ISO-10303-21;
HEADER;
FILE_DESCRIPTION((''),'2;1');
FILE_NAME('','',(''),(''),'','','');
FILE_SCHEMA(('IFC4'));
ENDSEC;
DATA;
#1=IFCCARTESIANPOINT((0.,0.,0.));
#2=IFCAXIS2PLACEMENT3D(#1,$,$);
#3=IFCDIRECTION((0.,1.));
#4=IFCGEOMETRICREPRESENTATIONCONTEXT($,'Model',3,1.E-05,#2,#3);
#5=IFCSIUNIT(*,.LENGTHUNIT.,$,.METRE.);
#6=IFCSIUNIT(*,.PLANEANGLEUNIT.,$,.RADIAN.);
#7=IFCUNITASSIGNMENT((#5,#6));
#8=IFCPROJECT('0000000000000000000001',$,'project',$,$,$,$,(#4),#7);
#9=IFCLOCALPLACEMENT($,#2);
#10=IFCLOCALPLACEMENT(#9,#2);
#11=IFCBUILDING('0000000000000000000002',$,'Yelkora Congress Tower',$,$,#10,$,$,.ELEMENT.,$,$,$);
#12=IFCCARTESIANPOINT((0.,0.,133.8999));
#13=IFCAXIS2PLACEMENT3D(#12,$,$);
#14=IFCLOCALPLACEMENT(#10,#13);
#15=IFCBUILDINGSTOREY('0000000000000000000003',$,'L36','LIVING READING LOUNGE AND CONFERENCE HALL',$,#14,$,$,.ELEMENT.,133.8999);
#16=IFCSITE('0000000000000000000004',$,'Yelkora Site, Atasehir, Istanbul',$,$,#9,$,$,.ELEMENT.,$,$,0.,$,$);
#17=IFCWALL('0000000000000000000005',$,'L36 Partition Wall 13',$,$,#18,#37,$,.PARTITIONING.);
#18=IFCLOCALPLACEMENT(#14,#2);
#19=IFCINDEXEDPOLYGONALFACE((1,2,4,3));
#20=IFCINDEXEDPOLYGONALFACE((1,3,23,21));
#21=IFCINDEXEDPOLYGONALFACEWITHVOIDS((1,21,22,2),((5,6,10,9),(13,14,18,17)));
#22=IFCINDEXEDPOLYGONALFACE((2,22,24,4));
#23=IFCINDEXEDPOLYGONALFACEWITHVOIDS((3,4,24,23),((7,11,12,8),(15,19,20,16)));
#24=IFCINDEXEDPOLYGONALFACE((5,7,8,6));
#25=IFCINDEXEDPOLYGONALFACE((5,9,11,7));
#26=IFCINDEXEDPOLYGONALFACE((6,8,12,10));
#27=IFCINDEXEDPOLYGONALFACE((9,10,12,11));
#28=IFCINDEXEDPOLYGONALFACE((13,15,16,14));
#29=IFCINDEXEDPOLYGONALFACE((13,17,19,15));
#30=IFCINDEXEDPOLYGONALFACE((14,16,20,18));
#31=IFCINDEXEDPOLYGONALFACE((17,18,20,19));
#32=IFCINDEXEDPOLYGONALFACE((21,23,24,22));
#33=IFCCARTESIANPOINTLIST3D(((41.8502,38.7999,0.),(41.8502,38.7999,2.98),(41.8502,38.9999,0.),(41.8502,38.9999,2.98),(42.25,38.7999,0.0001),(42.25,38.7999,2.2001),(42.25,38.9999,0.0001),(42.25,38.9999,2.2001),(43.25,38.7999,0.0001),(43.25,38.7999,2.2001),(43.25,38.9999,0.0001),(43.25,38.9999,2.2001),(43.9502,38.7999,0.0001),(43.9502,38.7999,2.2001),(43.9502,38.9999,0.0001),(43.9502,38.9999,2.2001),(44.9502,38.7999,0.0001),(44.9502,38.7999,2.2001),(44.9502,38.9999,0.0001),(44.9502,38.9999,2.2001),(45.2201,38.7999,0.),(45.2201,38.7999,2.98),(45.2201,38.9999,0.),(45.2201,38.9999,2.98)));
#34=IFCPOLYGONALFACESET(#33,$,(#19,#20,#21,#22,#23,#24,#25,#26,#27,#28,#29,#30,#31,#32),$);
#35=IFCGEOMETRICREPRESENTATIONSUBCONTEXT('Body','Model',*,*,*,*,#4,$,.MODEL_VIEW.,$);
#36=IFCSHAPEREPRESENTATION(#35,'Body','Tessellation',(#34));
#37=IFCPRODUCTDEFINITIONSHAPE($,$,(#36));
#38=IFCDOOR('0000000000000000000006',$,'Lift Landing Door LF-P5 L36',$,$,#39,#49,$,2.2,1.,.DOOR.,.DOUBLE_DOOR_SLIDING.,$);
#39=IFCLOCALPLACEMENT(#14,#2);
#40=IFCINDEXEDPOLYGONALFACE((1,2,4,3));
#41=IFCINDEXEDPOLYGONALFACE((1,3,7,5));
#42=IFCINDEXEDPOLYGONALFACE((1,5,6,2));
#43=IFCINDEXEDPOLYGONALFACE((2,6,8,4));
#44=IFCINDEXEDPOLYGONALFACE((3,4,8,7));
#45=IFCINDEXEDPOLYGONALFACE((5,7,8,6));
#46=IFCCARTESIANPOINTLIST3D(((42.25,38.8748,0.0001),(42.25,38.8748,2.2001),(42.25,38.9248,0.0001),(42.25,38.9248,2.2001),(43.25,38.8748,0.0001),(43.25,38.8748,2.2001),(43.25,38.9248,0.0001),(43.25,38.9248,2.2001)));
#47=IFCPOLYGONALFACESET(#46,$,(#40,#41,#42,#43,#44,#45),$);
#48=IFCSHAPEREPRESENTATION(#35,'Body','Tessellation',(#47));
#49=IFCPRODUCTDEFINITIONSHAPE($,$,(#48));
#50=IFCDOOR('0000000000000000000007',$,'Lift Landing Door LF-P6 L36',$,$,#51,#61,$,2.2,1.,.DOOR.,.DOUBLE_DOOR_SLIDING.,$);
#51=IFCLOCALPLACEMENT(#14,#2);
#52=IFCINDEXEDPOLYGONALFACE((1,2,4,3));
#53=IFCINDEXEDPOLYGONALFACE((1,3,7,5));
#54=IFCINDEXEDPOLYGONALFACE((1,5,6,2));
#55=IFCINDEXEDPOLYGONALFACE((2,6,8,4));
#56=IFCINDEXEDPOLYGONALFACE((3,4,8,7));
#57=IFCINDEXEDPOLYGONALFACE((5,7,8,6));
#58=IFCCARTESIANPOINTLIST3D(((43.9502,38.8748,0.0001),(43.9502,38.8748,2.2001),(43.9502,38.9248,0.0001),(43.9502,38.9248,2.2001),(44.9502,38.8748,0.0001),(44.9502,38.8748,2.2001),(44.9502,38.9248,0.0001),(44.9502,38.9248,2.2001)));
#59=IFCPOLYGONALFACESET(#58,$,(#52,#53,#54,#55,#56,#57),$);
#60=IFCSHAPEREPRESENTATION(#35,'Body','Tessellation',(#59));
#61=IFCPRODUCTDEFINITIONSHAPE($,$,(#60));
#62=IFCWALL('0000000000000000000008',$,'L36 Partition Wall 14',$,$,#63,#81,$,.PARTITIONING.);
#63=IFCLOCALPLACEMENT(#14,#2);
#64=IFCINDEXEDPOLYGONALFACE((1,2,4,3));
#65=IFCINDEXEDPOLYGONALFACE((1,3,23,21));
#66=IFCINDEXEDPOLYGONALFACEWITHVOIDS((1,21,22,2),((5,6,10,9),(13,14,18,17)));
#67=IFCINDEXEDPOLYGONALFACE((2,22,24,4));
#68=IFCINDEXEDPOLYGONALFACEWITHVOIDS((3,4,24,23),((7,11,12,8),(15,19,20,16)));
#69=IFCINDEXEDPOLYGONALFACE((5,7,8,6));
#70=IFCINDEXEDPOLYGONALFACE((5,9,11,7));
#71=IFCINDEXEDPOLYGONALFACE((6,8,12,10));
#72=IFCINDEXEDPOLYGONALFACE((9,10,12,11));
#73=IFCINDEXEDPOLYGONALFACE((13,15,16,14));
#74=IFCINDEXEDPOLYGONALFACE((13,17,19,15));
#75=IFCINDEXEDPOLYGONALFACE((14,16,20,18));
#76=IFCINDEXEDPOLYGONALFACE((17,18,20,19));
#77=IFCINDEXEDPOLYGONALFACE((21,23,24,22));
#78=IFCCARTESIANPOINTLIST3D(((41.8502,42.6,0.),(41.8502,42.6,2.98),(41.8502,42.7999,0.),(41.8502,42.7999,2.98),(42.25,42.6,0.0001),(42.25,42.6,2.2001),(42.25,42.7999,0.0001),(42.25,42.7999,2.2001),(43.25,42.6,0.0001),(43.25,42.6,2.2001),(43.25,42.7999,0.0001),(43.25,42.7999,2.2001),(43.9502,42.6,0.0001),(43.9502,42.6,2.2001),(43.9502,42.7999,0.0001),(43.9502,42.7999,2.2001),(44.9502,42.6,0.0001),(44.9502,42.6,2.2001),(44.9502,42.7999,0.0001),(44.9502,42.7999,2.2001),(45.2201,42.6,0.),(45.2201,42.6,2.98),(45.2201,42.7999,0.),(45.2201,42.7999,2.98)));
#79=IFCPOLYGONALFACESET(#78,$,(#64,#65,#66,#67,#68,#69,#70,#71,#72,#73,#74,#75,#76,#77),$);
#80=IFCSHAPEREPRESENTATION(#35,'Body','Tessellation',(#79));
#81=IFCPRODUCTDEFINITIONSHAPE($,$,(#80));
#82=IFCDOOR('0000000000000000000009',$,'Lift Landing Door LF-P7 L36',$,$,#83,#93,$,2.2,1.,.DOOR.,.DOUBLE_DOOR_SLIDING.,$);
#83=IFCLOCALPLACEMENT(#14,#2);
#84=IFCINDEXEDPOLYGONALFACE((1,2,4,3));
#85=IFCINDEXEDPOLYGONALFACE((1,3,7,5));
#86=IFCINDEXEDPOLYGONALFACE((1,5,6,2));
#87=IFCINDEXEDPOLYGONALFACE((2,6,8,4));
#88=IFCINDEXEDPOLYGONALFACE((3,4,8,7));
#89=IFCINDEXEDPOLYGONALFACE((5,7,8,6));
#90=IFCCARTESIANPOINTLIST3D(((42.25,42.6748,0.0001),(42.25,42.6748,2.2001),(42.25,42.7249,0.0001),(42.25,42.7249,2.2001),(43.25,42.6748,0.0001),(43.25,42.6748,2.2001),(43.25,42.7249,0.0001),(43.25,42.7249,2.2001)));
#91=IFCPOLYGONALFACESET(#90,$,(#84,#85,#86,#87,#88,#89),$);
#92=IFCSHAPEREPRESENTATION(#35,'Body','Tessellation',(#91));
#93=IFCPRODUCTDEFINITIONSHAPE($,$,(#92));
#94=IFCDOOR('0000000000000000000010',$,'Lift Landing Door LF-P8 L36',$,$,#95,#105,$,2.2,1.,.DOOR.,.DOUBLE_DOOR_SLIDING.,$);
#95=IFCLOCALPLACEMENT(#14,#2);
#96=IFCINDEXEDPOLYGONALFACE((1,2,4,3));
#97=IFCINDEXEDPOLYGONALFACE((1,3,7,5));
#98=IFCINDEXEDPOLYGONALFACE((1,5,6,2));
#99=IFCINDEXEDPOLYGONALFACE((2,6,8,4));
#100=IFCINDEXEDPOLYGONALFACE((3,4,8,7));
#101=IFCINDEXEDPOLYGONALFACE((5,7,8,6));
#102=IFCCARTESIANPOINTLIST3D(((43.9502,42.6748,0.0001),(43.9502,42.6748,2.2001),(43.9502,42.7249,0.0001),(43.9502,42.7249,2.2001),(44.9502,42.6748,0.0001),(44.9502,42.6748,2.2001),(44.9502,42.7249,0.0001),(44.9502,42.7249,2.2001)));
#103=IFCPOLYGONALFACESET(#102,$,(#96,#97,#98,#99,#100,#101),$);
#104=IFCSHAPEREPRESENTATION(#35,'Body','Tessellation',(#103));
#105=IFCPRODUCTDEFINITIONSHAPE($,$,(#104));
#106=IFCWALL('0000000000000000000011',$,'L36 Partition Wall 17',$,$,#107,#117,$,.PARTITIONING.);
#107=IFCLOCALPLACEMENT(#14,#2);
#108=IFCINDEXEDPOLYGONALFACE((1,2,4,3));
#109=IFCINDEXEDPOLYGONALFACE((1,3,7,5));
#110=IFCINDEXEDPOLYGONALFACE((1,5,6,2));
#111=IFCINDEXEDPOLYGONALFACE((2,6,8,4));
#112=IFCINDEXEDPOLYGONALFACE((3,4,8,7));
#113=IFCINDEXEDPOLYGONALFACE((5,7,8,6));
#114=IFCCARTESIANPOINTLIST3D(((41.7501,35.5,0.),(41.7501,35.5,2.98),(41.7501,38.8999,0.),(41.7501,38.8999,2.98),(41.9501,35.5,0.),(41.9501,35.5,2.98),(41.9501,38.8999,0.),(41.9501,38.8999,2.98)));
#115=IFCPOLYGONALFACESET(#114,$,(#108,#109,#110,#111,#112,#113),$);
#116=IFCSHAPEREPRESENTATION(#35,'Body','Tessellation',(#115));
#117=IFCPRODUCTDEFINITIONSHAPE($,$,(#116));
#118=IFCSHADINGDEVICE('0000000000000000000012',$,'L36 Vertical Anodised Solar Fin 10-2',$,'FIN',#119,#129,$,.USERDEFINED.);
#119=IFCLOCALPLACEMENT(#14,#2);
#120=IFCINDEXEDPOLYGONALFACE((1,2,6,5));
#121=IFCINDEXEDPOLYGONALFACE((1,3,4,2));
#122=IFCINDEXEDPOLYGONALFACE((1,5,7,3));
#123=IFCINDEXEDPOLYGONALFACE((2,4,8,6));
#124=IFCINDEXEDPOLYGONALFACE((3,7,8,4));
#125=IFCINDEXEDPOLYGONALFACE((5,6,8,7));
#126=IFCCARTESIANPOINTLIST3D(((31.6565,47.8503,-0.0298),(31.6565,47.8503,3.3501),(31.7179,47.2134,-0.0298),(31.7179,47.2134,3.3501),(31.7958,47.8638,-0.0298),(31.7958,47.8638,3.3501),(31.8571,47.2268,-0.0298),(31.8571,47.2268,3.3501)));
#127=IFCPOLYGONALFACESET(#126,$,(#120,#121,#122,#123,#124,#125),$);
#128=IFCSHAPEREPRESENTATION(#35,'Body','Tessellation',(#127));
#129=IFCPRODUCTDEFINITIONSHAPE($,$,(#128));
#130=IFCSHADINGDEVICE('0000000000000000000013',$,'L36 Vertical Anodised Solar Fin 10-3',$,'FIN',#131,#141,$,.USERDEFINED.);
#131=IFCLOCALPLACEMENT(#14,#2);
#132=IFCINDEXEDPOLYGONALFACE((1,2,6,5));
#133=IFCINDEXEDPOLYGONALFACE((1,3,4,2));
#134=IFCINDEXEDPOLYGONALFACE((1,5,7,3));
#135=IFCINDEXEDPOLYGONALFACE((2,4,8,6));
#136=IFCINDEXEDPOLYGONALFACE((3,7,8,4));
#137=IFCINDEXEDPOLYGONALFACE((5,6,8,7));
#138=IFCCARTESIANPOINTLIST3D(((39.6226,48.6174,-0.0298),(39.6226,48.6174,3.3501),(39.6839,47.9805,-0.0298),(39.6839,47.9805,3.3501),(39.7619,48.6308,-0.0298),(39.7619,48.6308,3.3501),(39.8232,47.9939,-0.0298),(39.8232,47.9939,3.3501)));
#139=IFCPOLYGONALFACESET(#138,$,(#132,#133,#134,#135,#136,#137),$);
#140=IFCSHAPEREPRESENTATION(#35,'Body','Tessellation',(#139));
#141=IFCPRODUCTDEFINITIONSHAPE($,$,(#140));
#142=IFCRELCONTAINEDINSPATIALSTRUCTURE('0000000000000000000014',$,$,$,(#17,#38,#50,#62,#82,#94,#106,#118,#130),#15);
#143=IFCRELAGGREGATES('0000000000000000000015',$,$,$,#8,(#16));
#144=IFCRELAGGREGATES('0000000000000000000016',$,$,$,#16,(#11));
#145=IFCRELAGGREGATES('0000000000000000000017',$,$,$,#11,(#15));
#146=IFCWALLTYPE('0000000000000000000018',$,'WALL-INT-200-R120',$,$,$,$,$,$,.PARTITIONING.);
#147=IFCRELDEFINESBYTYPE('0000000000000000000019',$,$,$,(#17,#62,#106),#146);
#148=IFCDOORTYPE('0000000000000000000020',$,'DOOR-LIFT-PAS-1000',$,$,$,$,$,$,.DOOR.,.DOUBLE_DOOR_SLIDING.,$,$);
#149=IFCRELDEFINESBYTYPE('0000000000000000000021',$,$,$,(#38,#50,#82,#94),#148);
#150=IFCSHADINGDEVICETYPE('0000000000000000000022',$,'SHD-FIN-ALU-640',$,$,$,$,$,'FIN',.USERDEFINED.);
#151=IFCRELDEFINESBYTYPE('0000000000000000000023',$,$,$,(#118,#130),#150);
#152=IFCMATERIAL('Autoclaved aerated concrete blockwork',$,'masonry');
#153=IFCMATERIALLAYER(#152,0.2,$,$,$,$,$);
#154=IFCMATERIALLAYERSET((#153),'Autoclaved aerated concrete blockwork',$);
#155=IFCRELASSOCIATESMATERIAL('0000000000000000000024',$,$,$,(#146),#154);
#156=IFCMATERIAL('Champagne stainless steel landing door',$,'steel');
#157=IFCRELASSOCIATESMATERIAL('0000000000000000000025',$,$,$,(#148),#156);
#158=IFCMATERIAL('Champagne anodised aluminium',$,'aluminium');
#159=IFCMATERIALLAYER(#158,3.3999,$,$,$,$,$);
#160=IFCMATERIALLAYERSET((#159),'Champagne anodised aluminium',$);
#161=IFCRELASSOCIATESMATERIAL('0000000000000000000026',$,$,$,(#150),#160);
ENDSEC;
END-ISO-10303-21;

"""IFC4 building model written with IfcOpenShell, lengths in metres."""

from ifc_helpers import new_model, si_unit, direction, frame, frame_2d, origin, origin_2d, place, context, subcontext, project, spatial, rectangle, extrude, material, layer, layer_set, type_object, element, fill, save


model = new_model("IFC4")

# Units and contexts
model_context = context("Model", 3, precision=1e-05, world=origin(), true_north=direction((0.0, 1.0)))
body_context = subcontext(model_context, "Body", "Model", "MODEL_VIEW")
ifc_project = project(units=[si_unit("LENGTHUNIT", "METRE"), si_unit("PLANEANGLEUNIT", "RADIAN")], contexts=[model_context])

# Site, building, storey
site_placement = place(None, origin())
site = spatial("IfcSite", under=ifc_project, at=site_placement, Name="Yelkora Site, Atasehir, Istanbul", CompositionType="ELEMENT", RefElevation=0.0)
building_placement = place(site_placement, origin())
building = spatial("IfcBuilding", under=site, at=building_placement, Name="Yelkora Congress Tower", CompositionType="ELEMENT")
storey_placement = place(building_placement, frame((0.0, 0.0, 133.8999)))
storey = spatial("IfcBuildingStorey", under=building, at=storey_placement, Name="L36", Description="LIVING READING LOUNGE AND CONFERENCE HALL", CompositionType="ELEMENT", Elevation=133.8999)

# Shared definitions
ifc_material_1 = material(Name="Autoclaved aerated concrete blockwork", Category="masonry")
ifc_layer_1 = layer(ifc_material_1, 0.2)
ifc_layer_set_1 = layer_set([ifc_layer_1], Name="Autoclaved aerated concrete blockwork")
wall_type_1 = type_object("IfcWallType", Name="WALL-INT-200-R120", PredefinedType="PARTITIONING", material=ifc_layer_set_1)

# Walls, openings, doors
wall_1_placement = place(storey_placement, frame((41.8501, 38.8999, 0.0), z_axis=(0.0, 0.0, 1.0), x_axis=(1.0, 0.0, 0.0)))
wall_1 = element("IfcWall", 1, at=wall_1_placement, inside=storey, type_object=wall_type_1, Name="L36 Partition Wall 13", PredefinedType="PARTITIONING", context=body_context, shape_type="SweptSolid", body=[
    extrude(rectangle(XDim=3.3699, YDim=0.2, at=frame_2d((1.6851, 0.0))), origin(), (0.0, 0.0, 1.0), 2.98),
])
opening_1_placement = place(wall_1_placement, frame((0.3999, 0.0, 0.0)))
opening_1 = element("IfcOpeningElement", 2, at=opening_1_placement, cuts=wall_1, PredefinedType="OPENING", context=body_context, shape_type="SweptSolid", body=[
    extrude(rectangle(XDim=1.0, YDim=2.2, at=frame_2d((0.5, 1.1001))), frame((0.0, 0.1099, 0.0), z_axis=(0.0, -1.0, 0.0), x_axis=(1.0, 0.0, 0.0)), (0.0, 0.0, 1.0), 0.22),
])
opening_2_placement = place(wall_1_placement, frame((2.1001, 0.0, 0.0)))
opening_2 = element("IfcOpeningElement", 3, at=opening_2_placement, cuts=wall_1, PredefinedType="OPENING", context=body_context, shape_type="SweptSolid", body=[
    extrude(rectangle(XDim=1.0, YDim=2.2, at=frame_2d((0.5, 1.1001))), frame((0.0, 0.1099, 0.0), z_axis=(0.0, -1.0, 0.0), x_axis=(1.0, 0.0, 0.0)), (0.0, 0.0, 1.0), 0.22),
])
ifc_material_2 = material(Name="Champagne stainless steel landing door", Category="steel")
door_type_1 = type_object("IfcDoorType", Name="DOOR-LIFT-PAS-1000", OperationType="DOUBLE_DOOR_SLIDING", PredefinedType="DOOR", material=ifc_material_2)
door_1_placement = place(opening_1_placement, origin())
door_1 = element("IfcDoor", 4, at=door_1_placement, inside=storey, type_object=door_type_1, Name="Lift Landing Door LF-P5 L36", OperationType="DOUBLE_DOOR_SLIDING", OverallHeight=2.2, OverallWidth=1.0, PredefinedType="DOOR", context=body_context, shape_type="SweptSolid", body=[
    extrude(rectangle(XDim=1.0, YDim=2.2, at=frame_2d((0.5, 1.1001))), frame((0.0, 0.0249, 0.0), z_axis=(0.0, -1.0, 0.0), x_axis=(1.0, 0.0, 0.0)), (0.0, 0.0, 1.0), 0.05),
])
fill(opening_1, door_1)
door_2_placement = place(opening_2_placement, origin())
door_2 = element("IfcDoor", 5, at=door_2_placement, inside=storey, type_object=door_type_1, Name="Lift Landing Door LF-P6 L36", OperationType="DOUBLE_DOOR_SLIDING", OverallHeight=2.2, OverallWidth=1.0, PredefinedType="DOOR", context=body_context, shape_type="SweptSolid", body=[
    extrude(rectangle(XDim=1.0, YDim=2.2, at=frame_2d((0.5, 1.1001))), frame((0.0, 0.0249, 0.0), z_axis=(0.0, -1.0, 0.0), x_axis=(1.0, 0.0, 0.0)), (0.0, 0.0, 1.0), 0.05),
])
fill(opening_2, door_2)
wall_2_placement = place(storey_placement, frame((41.8501, 42.7, 0.0), z_axis=(0.0, 0.0, 1.0), x_axis=(1.0, 0.0, 0.0)))
wall_2 = element("IfcWall", 6, at=wall_2_placement, inside=storey, type_object=wall_type_1, Name="L36 Partition Wall 14", PredefinedType="PARTITIONING", context=body_context, shape_type="SweptSolid", body=[
    extrude(rectangle(XDim=3.3699, YDim=0.2, at=frame_2d((1.6851, 0.0))), origin(), (0.0, 0.0, 1.0), 2.98),
])
opening_3_placement = place(wall_2_placement, frame((0.3999, 0.0, 0.0)))
opening_3 = element("IfcOpeningElement", 7, at=opening_3_placement, cuts=wall_2, PredefinedType="OPENING", context=body_context, shape_type="SweptSolid", body=[
    extrude(rectangle(XDim=1.0, YDim=2.2, at=frame_2d((0.5, 1.1001))), frame((0.0, 0.1099, 0.0), z_axis=(0.0, -1.0, 0.0), x_axis=(1.0, 0.0, 0.0)), (0.0, 0.0, 1.0), 0.22),
])
opening_4_placement = place(wall_2_placement, frame((2.1001, 0.0, 0.0)))
opening_4 = element("IfcOpeningElement", 8, at=opening_4_placement, cuts=wall_2, PredefinedType="OPENING", context=body_context, shape_type="SweptSolid", body=[
    extrude(rectangle(XDim=1.0, YDim=2.2, at=frame_2d((0.5, 1.1001))), frame((0.0, 0.1099, 0.0), z_axis=(0.0, -1.0, 0.0), x_axis=(1.0, 0.0, 0.0)), (0.0, 0.0, 1.0), 0.22),
])
door_3_placement = place(opening_3_placement, origin())
door_3 = element("IfcDoor", 9, at=door_3_placement, inside=storey, type_object=door_type_1, Name="Lift Landing Door LF-P7 L36", OperationType="DOUBLE_DOOR_SLIDING", OverallHeight=2.2, OverallWidth=1.0, PredefinedType="DOOR", context=body_context, shape_type="SweptSolid", body=[
    extrude(rectangle(XDim=1.0, YDim=2.2, at=frame_2d((0.5, 1.1001))), frame((0.0, 0.0249, 0.0), z_axis=(0.0, -1.0, 0.0), x_axis=(1.0, 0.0, 0.0)), (0.0, 0.0, 1.0), 0.05),
])
fill(opening_3, door_3)
door_4_placement = place(opening_4_placement, origin())
door_4 = element("IfcDoor", 10, at=door_4_placement, inside=storey, type_object=door_type_1, Name="Lift Landing Door LF-P8 L36", OperationType="DOUBLE_DOOR_SLIDING", OverallHeight=2.2, OverallWidth=1.0, PredefinedType="DOOR", context=body_context, shape_type="SweptSolid", body=[
    extrude(rectangle(XDim=1.0, YDim=2.2, at=frame_2d((0.5, 1.1001))), frame((0.0, 0.0249, 0.0), z_axis=(0.0, -1.0, 0.0), x_axis=(1.0, 0.0, 0.0)), (0.0, 0.0, 1.0), 0.05),
])
fill(opening_4, door_4)

# Wall
wall_3_placement = place(storey_placement, frame((41.8501, 35.5, 0.0), z_axis=(0.0, 0.0, 1.0), x_axis=(0.0, 1.0, 0.0)))
element("IfcWall", 11, at=wall_3_placement, inside=storey, type_object=wall_type_1, Name="L36 Partition Wall 17", PredefinedType="PARTITIONING", context=body_context, shape_type="SweptSolid", body=[
    extrude(rectangle(XDim=3.3999, YDim=0.2, at=frame_2d((1.7, 0.0))), origin(), (0.0, 0.0, 1.0), 2.98),
])

# Shading devices
ifc_material_3 = material(Name="Champagne anodised aluminium", Category="aluminium")
ifc_layer_2 = layer(ifc_material_3, 3.3999)
ifc_layer_set_2 = layer_set([ifc_layer_2], Name="Champagne anodised aluminium")
shading_device_type = type_object("IfcShadingDeviceType", Name="SHD-FIN-ALU-640", ElementType="FIN", PredefinedType="USERDEFINED", material=ifc_layer_set_2)
for number, where, z_axis, x_axis, name in (
    (12, (31.7568, 47.5386, -0.0298), (0.0, 0.0, 1.0), (0.995396, 0.095846, 0.0), "L36 Vertical Anodised Solar Fin 10-2"),
    (13, (39.7229, 48.3057, -0.0298), (0.0, 0.0, 1.0), (0.995396, 0.095846, 0.0), "L36 Vertical Anodised Solar Fin 10-3"),
):
    element("IfcShadingDevice", number, at=place(storey_placement, frame(where, z_axis=z_axis, x_axis=x_axis)), inside=storey, type_object=shading_device_type, Name=name, ObjectType="FIN", PredefinedType="USERDEFINED", context=body_context, shape_type="SweptSolid", body=[
        extrude(rectangle(XDim=0.1399, YDim=0.6399, at=origin_2d()), origin(), (0.0, 0.0, 1.0), 3.3799),
    ])

save(model, "model.ifc")
